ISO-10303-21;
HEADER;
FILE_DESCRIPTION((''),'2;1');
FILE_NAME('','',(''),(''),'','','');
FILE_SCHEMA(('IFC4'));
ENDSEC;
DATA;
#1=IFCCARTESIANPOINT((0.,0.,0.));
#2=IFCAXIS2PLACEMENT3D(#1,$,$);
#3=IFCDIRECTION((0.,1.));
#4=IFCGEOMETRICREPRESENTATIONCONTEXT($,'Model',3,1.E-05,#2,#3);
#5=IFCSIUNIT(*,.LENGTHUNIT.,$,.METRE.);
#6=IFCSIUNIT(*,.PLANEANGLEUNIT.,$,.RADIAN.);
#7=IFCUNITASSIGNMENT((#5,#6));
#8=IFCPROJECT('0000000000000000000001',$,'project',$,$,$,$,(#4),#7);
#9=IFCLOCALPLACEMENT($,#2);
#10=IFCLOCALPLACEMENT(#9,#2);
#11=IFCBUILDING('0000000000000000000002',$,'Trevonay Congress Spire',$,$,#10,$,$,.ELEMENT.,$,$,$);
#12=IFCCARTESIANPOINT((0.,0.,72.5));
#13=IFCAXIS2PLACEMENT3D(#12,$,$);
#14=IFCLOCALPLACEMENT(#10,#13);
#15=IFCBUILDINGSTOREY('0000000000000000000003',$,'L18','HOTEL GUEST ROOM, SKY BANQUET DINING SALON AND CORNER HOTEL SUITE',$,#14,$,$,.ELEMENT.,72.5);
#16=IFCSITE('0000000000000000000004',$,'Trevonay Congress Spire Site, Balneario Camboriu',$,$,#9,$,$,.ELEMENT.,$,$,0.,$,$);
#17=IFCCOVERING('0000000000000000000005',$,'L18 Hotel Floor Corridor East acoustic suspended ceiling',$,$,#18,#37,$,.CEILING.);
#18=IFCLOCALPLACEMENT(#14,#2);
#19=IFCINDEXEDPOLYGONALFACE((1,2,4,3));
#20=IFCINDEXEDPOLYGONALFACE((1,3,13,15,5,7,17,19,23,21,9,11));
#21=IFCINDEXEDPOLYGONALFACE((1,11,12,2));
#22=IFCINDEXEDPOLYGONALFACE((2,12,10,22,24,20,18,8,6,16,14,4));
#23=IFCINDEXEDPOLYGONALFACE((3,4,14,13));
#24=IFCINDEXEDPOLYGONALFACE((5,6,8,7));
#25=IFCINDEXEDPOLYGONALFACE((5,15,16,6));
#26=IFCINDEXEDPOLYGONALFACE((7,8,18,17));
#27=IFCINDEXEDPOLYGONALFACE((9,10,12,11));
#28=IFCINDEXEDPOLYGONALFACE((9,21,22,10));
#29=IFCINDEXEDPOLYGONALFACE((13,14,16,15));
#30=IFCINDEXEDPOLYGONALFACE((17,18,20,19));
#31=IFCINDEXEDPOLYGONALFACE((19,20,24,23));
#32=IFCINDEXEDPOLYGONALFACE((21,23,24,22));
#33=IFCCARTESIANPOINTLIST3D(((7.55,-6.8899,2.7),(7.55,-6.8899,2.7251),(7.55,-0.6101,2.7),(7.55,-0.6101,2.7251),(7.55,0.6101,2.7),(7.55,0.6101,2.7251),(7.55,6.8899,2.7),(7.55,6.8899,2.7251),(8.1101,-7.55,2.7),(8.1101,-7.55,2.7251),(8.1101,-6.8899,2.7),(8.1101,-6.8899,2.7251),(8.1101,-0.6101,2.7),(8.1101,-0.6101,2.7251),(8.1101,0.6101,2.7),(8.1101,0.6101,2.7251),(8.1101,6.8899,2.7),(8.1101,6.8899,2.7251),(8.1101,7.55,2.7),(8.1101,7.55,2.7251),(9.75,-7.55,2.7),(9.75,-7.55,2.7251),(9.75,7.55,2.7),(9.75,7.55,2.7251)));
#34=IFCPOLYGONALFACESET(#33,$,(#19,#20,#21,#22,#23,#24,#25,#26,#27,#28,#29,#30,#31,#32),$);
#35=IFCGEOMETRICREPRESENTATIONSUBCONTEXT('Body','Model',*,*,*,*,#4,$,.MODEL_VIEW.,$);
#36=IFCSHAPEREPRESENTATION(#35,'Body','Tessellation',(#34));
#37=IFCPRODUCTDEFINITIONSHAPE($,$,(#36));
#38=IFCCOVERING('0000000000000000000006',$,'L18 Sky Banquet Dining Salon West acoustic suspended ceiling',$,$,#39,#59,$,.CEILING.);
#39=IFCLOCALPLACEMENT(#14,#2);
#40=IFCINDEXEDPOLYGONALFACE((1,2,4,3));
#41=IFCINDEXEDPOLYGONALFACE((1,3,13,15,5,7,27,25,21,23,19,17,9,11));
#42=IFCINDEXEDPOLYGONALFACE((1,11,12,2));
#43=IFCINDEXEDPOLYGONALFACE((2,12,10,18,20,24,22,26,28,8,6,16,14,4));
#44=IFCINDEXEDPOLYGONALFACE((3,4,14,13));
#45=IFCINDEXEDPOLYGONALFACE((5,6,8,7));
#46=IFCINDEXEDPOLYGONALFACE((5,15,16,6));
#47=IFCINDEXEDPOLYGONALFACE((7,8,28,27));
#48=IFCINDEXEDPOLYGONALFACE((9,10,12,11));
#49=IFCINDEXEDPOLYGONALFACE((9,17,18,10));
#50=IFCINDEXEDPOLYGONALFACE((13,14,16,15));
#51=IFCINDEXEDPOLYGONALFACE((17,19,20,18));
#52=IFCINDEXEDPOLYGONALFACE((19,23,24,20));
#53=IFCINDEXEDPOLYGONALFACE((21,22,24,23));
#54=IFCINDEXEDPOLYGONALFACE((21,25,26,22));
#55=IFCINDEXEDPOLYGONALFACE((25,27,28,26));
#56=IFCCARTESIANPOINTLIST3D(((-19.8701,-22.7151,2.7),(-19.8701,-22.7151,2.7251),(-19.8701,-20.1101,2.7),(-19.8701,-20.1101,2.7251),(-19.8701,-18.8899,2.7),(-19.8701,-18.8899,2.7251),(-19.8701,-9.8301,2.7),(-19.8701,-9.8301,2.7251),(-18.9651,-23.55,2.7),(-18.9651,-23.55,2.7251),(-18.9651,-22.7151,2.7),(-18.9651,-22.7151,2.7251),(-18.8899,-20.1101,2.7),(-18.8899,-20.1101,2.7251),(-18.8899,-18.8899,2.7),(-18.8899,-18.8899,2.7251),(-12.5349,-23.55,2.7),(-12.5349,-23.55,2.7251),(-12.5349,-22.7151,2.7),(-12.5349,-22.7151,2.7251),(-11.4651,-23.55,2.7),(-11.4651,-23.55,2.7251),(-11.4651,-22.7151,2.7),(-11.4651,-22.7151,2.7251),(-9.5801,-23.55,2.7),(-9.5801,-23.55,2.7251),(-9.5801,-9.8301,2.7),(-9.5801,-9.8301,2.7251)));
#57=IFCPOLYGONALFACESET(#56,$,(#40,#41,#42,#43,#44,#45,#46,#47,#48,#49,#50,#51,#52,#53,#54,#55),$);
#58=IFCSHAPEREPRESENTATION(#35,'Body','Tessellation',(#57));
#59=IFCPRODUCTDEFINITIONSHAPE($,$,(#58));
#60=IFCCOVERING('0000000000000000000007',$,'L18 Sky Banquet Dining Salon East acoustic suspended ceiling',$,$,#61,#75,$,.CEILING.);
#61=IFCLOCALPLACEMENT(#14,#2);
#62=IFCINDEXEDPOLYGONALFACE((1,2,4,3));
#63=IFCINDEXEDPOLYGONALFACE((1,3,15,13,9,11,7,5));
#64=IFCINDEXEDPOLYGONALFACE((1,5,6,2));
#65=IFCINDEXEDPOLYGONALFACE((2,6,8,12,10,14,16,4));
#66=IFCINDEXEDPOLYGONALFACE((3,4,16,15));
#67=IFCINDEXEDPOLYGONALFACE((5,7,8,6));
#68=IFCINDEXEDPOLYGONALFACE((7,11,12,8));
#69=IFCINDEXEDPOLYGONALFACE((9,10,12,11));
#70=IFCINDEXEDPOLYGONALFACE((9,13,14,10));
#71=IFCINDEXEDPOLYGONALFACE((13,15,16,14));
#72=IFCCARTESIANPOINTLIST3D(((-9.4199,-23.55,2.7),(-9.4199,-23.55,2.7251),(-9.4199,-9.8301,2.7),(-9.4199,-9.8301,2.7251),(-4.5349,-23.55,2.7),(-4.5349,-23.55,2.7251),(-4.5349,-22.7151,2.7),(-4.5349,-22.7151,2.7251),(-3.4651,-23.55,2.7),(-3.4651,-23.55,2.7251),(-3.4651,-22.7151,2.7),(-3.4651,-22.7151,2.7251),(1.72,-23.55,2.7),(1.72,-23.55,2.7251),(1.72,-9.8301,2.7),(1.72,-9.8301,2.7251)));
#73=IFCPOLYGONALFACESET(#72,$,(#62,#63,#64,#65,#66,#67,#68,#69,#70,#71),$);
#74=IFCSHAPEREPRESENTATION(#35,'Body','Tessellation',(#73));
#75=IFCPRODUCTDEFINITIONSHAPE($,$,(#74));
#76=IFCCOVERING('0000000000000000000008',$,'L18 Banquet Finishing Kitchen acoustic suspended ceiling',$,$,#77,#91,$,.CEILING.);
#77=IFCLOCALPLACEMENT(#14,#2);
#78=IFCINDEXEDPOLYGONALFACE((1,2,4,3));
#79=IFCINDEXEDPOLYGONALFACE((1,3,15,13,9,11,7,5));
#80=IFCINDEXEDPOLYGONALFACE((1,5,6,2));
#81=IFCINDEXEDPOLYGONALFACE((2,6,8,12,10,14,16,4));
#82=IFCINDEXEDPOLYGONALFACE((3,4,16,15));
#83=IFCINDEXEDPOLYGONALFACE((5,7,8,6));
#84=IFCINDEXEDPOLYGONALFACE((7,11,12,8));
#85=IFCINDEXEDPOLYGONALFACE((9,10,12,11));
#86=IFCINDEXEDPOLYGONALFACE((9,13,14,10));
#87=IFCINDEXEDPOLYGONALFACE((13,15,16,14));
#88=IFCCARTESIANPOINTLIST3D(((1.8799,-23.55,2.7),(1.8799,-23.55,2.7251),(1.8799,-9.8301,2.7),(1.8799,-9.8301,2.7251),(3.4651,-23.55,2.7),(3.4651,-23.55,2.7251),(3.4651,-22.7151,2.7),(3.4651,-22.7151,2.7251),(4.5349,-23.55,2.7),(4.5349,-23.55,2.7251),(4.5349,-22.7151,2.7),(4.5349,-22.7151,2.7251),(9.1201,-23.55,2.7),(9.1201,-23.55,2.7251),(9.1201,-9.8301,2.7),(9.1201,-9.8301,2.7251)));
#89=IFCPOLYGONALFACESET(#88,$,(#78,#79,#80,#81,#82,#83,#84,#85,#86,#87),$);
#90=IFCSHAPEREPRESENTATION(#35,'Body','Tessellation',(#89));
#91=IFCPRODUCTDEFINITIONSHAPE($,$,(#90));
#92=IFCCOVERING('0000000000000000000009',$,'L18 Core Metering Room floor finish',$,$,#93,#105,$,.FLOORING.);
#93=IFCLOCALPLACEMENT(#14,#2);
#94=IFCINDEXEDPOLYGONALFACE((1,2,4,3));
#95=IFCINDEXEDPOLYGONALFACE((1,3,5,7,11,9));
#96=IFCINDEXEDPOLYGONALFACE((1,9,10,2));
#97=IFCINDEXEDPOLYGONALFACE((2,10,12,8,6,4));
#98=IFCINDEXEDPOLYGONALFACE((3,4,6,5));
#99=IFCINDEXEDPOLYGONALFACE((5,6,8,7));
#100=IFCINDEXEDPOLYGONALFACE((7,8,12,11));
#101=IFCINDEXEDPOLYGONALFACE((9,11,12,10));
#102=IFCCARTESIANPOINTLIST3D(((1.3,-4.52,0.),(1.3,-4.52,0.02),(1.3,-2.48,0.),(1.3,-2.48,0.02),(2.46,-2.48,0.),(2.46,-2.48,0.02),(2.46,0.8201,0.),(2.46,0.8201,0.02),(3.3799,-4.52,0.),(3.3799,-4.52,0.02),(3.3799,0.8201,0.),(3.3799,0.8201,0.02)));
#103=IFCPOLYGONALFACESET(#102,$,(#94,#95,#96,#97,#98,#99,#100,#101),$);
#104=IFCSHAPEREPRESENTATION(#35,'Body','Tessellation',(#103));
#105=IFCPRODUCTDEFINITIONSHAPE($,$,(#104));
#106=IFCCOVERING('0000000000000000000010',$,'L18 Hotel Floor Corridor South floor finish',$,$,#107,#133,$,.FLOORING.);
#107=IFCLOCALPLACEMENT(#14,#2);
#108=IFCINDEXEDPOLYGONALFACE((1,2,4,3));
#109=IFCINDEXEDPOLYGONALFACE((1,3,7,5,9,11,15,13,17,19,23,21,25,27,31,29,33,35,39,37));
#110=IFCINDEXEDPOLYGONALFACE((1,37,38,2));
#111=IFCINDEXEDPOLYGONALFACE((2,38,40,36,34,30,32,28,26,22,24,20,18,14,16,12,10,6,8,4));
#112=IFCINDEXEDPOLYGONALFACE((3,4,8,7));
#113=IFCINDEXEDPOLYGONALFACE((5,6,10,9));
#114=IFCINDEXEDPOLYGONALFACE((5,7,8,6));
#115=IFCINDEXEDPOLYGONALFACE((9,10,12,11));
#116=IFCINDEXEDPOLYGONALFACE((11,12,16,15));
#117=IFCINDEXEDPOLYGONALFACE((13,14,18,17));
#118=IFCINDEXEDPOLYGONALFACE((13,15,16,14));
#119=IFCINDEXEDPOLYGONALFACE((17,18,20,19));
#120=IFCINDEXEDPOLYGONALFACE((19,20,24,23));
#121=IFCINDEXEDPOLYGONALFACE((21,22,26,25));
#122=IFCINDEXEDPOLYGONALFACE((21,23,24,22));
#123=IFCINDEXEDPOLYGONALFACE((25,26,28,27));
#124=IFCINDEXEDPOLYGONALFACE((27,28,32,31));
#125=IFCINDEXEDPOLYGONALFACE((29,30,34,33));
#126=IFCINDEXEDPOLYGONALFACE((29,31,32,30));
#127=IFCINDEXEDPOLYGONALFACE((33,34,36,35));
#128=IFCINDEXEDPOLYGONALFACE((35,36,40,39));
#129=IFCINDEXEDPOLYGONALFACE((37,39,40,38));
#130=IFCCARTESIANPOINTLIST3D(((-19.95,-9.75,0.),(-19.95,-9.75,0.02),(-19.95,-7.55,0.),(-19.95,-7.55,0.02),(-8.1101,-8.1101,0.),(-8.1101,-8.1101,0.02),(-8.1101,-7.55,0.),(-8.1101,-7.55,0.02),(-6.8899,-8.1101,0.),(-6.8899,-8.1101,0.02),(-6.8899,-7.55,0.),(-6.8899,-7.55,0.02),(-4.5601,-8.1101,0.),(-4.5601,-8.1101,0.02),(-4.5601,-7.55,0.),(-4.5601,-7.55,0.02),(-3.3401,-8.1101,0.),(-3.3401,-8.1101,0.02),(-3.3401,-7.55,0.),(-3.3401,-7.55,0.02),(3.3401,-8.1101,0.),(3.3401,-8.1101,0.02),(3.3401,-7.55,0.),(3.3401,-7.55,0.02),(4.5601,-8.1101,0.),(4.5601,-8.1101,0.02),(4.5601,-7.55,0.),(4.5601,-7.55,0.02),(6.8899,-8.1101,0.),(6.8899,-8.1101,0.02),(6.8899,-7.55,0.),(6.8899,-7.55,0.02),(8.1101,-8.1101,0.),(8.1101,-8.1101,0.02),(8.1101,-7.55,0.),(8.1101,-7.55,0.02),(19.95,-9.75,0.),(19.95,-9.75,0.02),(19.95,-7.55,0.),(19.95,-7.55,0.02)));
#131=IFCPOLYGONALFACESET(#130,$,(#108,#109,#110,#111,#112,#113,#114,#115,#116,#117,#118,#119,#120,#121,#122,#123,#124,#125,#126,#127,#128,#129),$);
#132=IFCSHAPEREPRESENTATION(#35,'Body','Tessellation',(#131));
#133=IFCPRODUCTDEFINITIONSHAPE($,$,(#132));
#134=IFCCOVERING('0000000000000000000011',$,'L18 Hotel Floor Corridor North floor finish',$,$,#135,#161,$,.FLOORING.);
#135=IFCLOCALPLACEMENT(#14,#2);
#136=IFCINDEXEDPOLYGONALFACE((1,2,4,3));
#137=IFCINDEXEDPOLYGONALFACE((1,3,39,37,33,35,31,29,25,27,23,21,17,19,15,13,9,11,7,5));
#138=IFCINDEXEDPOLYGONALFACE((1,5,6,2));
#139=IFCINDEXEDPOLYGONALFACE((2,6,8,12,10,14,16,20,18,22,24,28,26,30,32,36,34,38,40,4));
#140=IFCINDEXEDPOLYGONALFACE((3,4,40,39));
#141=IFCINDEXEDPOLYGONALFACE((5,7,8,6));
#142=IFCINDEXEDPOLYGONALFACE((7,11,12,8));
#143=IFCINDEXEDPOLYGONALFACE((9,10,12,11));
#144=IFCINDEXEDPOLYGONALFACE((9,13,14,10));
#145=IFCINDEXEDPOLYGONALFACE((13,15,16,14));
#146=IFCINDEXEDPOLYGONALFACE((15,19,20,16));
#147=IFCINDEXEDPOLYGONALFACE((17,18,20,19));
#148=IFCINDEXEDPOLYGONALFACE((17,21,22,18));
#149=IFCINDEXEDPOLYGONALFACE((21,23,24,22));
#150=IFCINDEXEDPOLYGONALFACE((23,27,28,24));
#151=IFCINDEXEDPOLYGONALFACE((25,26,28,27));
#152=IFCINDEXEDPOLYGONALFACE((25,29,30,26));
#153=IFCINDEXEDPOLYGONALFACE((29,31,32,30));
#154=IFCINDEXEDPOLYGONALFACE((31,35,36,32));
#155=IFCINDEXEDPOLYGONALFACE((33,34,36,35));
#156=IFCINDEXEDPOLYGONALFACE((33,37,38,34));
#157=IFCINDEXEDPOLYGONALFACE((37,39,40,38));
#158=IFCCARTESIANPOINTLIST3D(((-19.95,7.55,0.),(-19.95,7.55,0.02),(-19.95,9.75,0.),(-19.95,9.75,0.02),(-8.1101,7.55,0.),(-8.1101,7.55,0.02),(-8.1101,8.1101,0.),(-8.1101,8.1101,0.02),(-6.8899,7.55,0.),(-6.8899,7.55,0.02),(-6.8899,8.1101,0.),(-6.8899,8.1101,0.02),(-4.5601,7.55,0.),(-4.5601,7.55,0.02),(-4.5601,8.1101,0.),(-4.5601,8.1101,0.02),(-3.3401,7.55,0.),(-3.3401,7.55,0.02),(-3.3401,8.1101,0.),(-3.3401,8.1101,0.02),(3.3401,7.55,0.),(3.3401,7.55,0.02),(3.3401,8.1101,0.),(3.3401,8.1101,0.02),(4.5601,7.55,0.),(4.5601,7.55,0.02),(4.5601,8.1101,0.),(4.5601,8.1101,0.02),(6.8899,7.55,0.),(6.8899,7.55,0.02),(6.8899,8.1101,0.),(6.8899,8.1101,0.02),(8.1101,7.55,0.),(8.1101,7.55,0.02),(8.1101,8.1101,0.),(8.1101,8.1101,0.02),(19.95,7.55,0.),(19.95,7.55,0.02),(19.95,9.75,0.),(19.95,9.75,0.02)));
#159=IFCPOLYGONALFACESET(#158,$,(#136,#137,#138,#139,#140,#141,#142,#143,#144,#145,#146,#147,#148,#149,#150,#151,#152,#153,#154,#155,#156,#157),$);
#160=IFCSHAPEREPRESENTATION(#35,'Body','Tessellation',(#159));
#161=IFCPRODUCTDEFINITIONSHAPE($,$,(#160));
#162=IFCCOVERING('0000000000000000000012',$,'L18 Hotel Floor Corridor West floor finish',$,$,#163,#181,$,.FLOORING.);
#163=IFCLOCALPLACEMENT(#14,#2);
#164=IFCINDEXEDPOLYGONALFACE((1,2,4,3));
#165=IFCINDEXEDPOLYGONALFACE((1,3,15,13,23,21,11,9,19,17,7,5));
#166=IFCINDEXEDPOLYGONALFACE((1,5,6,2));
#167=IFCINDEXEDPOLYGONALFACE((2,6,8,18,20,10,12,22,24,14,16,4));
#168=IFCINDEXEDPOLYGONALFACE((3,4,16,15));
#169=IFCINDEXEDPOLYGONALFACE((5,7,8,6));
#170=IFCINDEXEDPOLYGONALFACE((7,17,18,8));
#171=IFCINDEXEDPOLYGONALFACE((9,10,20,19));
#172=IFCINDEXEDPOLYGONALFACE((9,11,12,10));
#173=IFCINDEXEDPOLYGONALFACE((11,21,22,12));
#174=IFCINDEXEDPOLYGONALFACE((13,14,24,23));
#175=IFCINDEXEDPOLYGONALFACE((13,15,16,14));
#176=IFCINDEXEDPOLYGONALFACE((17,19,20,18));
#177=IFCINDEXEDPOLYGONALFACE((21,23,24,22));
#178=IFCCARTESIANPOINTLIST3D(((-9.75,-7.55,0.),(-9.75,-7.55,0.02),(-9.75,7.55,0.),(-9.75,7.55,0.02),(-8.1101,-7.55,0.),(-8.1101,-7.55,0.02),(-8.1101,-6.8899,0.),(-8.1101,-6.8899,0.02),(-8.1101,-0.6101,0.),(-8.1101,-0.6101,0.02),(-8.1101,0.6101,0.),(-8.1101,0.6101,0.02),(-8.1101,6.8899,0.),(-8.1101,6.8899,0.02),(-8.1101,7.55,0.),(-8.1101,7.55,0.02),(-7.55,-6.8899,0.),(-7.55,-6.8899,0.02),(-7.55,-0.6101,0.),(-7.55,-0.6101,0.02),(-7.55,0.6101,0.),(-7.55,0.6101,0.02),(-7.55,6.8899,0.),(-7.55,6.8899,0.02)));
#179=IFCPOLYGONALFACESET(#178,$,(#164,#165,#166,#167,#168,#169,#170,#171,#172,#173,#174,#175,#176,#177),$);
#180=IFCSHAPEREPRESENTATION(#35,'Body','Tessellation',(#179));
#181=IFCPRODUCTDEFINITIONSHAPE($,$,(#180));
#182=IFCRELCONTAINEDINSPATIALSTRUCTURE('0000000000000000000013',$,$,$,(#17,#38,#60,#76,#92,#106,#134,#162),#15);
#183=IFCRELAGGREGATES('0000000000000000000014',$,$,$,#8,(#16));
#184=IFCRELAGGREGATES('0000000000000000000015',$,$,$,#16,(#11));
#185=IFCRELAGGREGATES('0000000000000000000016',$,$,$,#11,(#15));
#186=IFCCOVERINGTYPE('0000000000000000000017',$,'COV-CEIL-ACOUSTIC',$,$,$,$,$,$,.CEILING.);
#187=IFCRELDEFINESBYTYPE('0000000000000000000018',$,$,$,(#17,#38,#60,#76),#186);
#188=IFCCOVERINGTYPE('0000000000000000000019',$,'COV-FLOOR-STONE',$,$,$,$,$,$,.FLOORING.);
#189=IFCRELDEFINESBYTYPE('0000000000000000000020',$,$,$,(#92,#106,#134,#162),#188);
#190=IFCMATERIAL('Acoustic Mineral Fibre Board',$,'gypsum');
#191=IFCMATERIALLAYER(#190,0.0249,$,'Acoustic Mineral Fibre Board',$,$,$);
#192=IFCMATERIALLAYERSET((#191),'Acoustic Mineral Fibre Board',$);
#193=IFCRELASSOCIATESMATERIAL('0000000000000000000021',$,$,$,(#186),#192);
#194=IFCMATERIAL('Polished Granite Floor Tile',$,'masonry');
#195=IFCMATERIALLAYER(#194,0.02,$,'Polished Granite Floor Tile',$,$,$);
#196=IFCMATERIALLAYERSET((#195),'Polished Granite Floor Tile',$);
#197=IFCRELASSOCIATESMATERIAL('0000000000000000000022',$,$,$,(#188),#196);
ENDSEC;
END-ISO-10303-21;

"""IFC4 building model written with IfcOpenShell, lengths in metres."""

from ifc_helpers import new_model, si_unit, direction, frame, origin, place, context, subcontext, project, spatial, polyline, outline, extrude, material, layer, layer_set, type_object, element, save


model = new_model("IFC4")

# Units and contexts
model_context = context("Model", 3, precision=1e-05, world=origin(), true_north=direction((0.0, 1.0)))
body_context = subcontext(model_context, "Body", "Model", "MODEL_VIEW")
ifc_project = project(units=[si_unit("LENGTHUNIT", "METRE"), si_unit("PLANEANGLEUNIT", "RADIAN")], contexts=[model_context])

# Site, building, storey
site_placement = place(None, origin())
site = spatial("IfcSite", under=ifc_project, at=site_placement, Name="Trevonay Congress Spire Site, Balneario Camboriu", CompositionType="ELEMENT", RefElevation=0.0)
building_placement = place(site_placement, origin())
building = spatial("IfcBuilding", under=site, at=building_placement, Name="Trevonay Congress Spire", CompositionType="ELEMENT")
storey_placement = place(building_placement, frame((0.0, 0.0, 72.5)))
storey = spatial("IfcBuildingStorey", under=building, at=storey_placement, Name="L18", Description="HOTEL GUEST ROOM, SKY BANQUET DINING SALON AND CORNER HOTEL SUITE", CompositionType="ELEMENT", Elevation=72.5)

# Coverings
ifc_material_1 = material(Name="Acoustic Mineral Fibre Board", Category="gypsum")
ifc_layer_1 = layer(ifc_material_1, 0.0249, Name="Acoustic Mineral Fibre Board")
ifc_layer_set_1 = layer_set([ifc_layer_1], Name="Acoustic Mineral Fibre Board")
covering_type_1 = type_object("IfcCoveringType", Name="COV-CEIL-ACOUSTIC", PredefinedType="CEILING", material=ifc_layer_set_1)
covering_1_placement = place(storey_placement, frame((0.0, 0.0, 2.7)))
element("IfcCovering", 1, at=covering_1_placement, inside=storey, type_object=covering_type_1, Name="L18 Hotel Floor Corridor East acoustic suspended ceiling", PredefinedType="CEILING", context=body_context, shape_type="SweptSolid", body=[
    extrude(outline(polyline([(9.75, -7.55), (8.1101, -7.55), (8.1101, -6.8899), (7.55, -6.8899), (7.55, -0.6101), (8.1101, -0.6101), (8.1101, 0.6101), (7.55, 0.6101), (7.55, 6.8899), (8.1101, 6.8899), (8.1101, 7.55), (9.75, 7.55), (9.75, -7.55)])), origin(), (0.0, 0.0, 1.0), 0.0251),
])
covering_2_placement = place(storey_placement, frame((0.0, 0.0, 2.7)))
element("IfcCovering", 2, at=covering_2_placement, inside=storey, type_object=covering_type_1, Name="L18 Sky Banquet Dining Salon West acoustic suspended ceiling", PredefinedType="CEILING", context=body_context, shape_type="SweptSolid", body=[
    extrude(outline(polyline([(-18.9651, -23.55), (-18.9651, -22.7151), (-19.8701, -22.7151), (-19.8701, -20.1101), (-18.8899, -20.1101), (-18.8899, -18.8899), (-19.8701, -18.8899), (-19.8701, -9.8301), (-9.5801, -9.8301), (-9.5801, -23.55), (-11.4651, -23.55), (-11.4651, -22.7151), (-12.5349, -22.7151), (-12.5349, -23.55), (-18.9651, -23.55)])), origin(), (0.0, 0.0, 1.0), 0.0251),
])
covering_3_placement = place(storey_placement, frame((0.0, 0.0, 2.7)))
element("IfcCovering", 3, at=covering_3_placement, inside=storey, type_object=covering_type_1, Name="L18 Sky Banquet Dining Salon East acoustic suspended ceiling", PredefinedType="CEILING", context=body_context, shape_type="SweptSolid", body=[
    extrude(outline(polyline([(-9.4199, -23.55), (-9.4199, -9.8301), (1.72, -9.8301), (1.72, -23.55), (-3.4651, -23.55), (-3.4651, -22.7151), (-4.5349, -22.7151), (-4.5349, -23.55), (-9.4199, -23.55)])), origin(), (0.0, 0.0, 1.0), 0.0251),
])
covering_4_placement = place(storey_placement, frame((0.0, 0.0, 2.7)))
element("IfcCovering", 4, at=covering_4_placement, inside=storey, type_object=covering_type_1, Name="L18 Banquet Finishing Kitchen acoustic suspended ceiling", PredefinedType="CEILING", context=body_context, shape_type="SweptSolid", body=[
    extrude(outline(polyline([(1.8799, -23.55), (1.8799, -9.8301), (9.1201, -9.8301), (9.1201, -23.55), (4.5349, -23.55), (4.5349, -22.7151), (3.4651, -22.7151), (3.4651, -23.55), (1.8799, -23.55)])), origin(), (0.0, 0.0, 1.0), 0.0251),
])
ifc_material_2 = material(Name="Polished Granite Floor Tile", Category="masonry")
ifc_layer_2 = layer(ifc_material_2, 0.02, Name="Polished Granite Floor Tile")
ifc_layer_set_2 = layer_set([ifc_layer_2], Name="Polished Granite Floor Tile")
covering_type_2 = type_object("IfcCoveringType", Name="COV-FLOOR-STONE", PredefinedType="FLOORING", material=ifc_layer_set_2)
covering_5_placement = place(storey_placement, origin())
element("IfcCovering", 5, at=covering_5_placement, inside=storey, type_object=covering_type_2, Name="L18 Core Metering Room floor finish", PredefinedType="FLOORING", context=body_context, shape_type="SweptSolid", body=[
    extrude(outline(polyline([(1.3, -4.52), (3.3799, -4.52), (3.3799, 0.8201), (2.46, 0.8201), (2.46, -2.48), (1.3, -2.48), (1.3, -4.52)])), origin(), (0.0, 0.0, 1.0), 0.02),
])
covering_6_placement = place(storey_placement, origin())
element("IfcCovering", 6, at=covering_6_placement, inside=storey, type_object=covering_type_2, Name="L18 Hotel Floor Corridor South floor finish", PredefinedType="FLOORING", context=body_context, shape_type="SweptSolid", body=[
    extrude(outline(polyline([(19.95, -7.55), (19.95, -9.75), (-19.95, -9.75), (-19.95, -7.55), (-8.1101, -7.55), (-8.1101, -8.1101), (-6.8899, -8.1101), (-6.8899, -7.55), (-4.5601, -7.55), (-4.5601, -8.1101), (-3.3401, -8.1101), (-3.3401, -7.55), (3.3401, -7.55), (3.3401, -8.1101), (4.5601, -8.1101), (4.5601, -7.55), (6.8899, -7.55), (6.8899, -8.1101), (8.1101, -8.1101), (8.1101, -7.55), (19.95, -7.55)])), origin(), (0.0, 0.0, 1.0), 0.02),
])
covering_7_placement = place(storey_placement, origin())
element("IfcCovering", 7, at=covering_7_placement, inside=storey, type_object=covering_type_2, Name="L18 Hotel Floor Corridor North floor finish", PredefinedType="FLOORING", context=body_context, shape_type="SweptSolid", body=[
    extrude(outline(polyline([(-19.95, 7.55), (-19.95, 9.75), (19.95, 9.75), (19.95, 7.55), (8.1101, 7.55), (8.1101, 8.1101), (6.8899, 8.1101), (6.8899, 7.55), (4.5601, 7.55), (4.5601, 8.1101), (3.3401, 8.1101), (3.3401, 7.55), (-3.3401, 7.55), (-3.3401, 8.1101), (-4.5601, 8.1101), (-4.5601, 7.55), (-6.8899, 7.55), (-6.8899, 8.1101), (-8.1101, 8.1101), (-8.1101, 7.55), (-19.95, 7.55)])), origin(), (0.0, 0.0, 1.0), 0.02),
])
covering_8_placement = place(storey_placement, origin())
element("IfcCovering", 8, at=covering_8_placement, inside=storey, type_object=covering_type_2, Name="L18 Hotel Floor Corridor West floor finish", PredefinedType="FLOORING", context=body_context, shape_type="SweptSolid", body=[
    extrude(outline(polyline([(-9.75, 7.55), (-8.1101, 7.55), (-8.1101, 6.8899), (-7.55, 6.8899), (-7.55, 0.6101), (-8.1101, 0.6101), (-8.1101, -0.6101), (-7.55, -0.6101), (-7.55, -6.8899), (-8.1101, -6.8899), (-8.1101, -7.55), (-9.75, -7.55), (-9.75, 7.55)])), origin(), (0.0, 0.0, 1.0), 0.02),
])

save(model, "model.ifc")
